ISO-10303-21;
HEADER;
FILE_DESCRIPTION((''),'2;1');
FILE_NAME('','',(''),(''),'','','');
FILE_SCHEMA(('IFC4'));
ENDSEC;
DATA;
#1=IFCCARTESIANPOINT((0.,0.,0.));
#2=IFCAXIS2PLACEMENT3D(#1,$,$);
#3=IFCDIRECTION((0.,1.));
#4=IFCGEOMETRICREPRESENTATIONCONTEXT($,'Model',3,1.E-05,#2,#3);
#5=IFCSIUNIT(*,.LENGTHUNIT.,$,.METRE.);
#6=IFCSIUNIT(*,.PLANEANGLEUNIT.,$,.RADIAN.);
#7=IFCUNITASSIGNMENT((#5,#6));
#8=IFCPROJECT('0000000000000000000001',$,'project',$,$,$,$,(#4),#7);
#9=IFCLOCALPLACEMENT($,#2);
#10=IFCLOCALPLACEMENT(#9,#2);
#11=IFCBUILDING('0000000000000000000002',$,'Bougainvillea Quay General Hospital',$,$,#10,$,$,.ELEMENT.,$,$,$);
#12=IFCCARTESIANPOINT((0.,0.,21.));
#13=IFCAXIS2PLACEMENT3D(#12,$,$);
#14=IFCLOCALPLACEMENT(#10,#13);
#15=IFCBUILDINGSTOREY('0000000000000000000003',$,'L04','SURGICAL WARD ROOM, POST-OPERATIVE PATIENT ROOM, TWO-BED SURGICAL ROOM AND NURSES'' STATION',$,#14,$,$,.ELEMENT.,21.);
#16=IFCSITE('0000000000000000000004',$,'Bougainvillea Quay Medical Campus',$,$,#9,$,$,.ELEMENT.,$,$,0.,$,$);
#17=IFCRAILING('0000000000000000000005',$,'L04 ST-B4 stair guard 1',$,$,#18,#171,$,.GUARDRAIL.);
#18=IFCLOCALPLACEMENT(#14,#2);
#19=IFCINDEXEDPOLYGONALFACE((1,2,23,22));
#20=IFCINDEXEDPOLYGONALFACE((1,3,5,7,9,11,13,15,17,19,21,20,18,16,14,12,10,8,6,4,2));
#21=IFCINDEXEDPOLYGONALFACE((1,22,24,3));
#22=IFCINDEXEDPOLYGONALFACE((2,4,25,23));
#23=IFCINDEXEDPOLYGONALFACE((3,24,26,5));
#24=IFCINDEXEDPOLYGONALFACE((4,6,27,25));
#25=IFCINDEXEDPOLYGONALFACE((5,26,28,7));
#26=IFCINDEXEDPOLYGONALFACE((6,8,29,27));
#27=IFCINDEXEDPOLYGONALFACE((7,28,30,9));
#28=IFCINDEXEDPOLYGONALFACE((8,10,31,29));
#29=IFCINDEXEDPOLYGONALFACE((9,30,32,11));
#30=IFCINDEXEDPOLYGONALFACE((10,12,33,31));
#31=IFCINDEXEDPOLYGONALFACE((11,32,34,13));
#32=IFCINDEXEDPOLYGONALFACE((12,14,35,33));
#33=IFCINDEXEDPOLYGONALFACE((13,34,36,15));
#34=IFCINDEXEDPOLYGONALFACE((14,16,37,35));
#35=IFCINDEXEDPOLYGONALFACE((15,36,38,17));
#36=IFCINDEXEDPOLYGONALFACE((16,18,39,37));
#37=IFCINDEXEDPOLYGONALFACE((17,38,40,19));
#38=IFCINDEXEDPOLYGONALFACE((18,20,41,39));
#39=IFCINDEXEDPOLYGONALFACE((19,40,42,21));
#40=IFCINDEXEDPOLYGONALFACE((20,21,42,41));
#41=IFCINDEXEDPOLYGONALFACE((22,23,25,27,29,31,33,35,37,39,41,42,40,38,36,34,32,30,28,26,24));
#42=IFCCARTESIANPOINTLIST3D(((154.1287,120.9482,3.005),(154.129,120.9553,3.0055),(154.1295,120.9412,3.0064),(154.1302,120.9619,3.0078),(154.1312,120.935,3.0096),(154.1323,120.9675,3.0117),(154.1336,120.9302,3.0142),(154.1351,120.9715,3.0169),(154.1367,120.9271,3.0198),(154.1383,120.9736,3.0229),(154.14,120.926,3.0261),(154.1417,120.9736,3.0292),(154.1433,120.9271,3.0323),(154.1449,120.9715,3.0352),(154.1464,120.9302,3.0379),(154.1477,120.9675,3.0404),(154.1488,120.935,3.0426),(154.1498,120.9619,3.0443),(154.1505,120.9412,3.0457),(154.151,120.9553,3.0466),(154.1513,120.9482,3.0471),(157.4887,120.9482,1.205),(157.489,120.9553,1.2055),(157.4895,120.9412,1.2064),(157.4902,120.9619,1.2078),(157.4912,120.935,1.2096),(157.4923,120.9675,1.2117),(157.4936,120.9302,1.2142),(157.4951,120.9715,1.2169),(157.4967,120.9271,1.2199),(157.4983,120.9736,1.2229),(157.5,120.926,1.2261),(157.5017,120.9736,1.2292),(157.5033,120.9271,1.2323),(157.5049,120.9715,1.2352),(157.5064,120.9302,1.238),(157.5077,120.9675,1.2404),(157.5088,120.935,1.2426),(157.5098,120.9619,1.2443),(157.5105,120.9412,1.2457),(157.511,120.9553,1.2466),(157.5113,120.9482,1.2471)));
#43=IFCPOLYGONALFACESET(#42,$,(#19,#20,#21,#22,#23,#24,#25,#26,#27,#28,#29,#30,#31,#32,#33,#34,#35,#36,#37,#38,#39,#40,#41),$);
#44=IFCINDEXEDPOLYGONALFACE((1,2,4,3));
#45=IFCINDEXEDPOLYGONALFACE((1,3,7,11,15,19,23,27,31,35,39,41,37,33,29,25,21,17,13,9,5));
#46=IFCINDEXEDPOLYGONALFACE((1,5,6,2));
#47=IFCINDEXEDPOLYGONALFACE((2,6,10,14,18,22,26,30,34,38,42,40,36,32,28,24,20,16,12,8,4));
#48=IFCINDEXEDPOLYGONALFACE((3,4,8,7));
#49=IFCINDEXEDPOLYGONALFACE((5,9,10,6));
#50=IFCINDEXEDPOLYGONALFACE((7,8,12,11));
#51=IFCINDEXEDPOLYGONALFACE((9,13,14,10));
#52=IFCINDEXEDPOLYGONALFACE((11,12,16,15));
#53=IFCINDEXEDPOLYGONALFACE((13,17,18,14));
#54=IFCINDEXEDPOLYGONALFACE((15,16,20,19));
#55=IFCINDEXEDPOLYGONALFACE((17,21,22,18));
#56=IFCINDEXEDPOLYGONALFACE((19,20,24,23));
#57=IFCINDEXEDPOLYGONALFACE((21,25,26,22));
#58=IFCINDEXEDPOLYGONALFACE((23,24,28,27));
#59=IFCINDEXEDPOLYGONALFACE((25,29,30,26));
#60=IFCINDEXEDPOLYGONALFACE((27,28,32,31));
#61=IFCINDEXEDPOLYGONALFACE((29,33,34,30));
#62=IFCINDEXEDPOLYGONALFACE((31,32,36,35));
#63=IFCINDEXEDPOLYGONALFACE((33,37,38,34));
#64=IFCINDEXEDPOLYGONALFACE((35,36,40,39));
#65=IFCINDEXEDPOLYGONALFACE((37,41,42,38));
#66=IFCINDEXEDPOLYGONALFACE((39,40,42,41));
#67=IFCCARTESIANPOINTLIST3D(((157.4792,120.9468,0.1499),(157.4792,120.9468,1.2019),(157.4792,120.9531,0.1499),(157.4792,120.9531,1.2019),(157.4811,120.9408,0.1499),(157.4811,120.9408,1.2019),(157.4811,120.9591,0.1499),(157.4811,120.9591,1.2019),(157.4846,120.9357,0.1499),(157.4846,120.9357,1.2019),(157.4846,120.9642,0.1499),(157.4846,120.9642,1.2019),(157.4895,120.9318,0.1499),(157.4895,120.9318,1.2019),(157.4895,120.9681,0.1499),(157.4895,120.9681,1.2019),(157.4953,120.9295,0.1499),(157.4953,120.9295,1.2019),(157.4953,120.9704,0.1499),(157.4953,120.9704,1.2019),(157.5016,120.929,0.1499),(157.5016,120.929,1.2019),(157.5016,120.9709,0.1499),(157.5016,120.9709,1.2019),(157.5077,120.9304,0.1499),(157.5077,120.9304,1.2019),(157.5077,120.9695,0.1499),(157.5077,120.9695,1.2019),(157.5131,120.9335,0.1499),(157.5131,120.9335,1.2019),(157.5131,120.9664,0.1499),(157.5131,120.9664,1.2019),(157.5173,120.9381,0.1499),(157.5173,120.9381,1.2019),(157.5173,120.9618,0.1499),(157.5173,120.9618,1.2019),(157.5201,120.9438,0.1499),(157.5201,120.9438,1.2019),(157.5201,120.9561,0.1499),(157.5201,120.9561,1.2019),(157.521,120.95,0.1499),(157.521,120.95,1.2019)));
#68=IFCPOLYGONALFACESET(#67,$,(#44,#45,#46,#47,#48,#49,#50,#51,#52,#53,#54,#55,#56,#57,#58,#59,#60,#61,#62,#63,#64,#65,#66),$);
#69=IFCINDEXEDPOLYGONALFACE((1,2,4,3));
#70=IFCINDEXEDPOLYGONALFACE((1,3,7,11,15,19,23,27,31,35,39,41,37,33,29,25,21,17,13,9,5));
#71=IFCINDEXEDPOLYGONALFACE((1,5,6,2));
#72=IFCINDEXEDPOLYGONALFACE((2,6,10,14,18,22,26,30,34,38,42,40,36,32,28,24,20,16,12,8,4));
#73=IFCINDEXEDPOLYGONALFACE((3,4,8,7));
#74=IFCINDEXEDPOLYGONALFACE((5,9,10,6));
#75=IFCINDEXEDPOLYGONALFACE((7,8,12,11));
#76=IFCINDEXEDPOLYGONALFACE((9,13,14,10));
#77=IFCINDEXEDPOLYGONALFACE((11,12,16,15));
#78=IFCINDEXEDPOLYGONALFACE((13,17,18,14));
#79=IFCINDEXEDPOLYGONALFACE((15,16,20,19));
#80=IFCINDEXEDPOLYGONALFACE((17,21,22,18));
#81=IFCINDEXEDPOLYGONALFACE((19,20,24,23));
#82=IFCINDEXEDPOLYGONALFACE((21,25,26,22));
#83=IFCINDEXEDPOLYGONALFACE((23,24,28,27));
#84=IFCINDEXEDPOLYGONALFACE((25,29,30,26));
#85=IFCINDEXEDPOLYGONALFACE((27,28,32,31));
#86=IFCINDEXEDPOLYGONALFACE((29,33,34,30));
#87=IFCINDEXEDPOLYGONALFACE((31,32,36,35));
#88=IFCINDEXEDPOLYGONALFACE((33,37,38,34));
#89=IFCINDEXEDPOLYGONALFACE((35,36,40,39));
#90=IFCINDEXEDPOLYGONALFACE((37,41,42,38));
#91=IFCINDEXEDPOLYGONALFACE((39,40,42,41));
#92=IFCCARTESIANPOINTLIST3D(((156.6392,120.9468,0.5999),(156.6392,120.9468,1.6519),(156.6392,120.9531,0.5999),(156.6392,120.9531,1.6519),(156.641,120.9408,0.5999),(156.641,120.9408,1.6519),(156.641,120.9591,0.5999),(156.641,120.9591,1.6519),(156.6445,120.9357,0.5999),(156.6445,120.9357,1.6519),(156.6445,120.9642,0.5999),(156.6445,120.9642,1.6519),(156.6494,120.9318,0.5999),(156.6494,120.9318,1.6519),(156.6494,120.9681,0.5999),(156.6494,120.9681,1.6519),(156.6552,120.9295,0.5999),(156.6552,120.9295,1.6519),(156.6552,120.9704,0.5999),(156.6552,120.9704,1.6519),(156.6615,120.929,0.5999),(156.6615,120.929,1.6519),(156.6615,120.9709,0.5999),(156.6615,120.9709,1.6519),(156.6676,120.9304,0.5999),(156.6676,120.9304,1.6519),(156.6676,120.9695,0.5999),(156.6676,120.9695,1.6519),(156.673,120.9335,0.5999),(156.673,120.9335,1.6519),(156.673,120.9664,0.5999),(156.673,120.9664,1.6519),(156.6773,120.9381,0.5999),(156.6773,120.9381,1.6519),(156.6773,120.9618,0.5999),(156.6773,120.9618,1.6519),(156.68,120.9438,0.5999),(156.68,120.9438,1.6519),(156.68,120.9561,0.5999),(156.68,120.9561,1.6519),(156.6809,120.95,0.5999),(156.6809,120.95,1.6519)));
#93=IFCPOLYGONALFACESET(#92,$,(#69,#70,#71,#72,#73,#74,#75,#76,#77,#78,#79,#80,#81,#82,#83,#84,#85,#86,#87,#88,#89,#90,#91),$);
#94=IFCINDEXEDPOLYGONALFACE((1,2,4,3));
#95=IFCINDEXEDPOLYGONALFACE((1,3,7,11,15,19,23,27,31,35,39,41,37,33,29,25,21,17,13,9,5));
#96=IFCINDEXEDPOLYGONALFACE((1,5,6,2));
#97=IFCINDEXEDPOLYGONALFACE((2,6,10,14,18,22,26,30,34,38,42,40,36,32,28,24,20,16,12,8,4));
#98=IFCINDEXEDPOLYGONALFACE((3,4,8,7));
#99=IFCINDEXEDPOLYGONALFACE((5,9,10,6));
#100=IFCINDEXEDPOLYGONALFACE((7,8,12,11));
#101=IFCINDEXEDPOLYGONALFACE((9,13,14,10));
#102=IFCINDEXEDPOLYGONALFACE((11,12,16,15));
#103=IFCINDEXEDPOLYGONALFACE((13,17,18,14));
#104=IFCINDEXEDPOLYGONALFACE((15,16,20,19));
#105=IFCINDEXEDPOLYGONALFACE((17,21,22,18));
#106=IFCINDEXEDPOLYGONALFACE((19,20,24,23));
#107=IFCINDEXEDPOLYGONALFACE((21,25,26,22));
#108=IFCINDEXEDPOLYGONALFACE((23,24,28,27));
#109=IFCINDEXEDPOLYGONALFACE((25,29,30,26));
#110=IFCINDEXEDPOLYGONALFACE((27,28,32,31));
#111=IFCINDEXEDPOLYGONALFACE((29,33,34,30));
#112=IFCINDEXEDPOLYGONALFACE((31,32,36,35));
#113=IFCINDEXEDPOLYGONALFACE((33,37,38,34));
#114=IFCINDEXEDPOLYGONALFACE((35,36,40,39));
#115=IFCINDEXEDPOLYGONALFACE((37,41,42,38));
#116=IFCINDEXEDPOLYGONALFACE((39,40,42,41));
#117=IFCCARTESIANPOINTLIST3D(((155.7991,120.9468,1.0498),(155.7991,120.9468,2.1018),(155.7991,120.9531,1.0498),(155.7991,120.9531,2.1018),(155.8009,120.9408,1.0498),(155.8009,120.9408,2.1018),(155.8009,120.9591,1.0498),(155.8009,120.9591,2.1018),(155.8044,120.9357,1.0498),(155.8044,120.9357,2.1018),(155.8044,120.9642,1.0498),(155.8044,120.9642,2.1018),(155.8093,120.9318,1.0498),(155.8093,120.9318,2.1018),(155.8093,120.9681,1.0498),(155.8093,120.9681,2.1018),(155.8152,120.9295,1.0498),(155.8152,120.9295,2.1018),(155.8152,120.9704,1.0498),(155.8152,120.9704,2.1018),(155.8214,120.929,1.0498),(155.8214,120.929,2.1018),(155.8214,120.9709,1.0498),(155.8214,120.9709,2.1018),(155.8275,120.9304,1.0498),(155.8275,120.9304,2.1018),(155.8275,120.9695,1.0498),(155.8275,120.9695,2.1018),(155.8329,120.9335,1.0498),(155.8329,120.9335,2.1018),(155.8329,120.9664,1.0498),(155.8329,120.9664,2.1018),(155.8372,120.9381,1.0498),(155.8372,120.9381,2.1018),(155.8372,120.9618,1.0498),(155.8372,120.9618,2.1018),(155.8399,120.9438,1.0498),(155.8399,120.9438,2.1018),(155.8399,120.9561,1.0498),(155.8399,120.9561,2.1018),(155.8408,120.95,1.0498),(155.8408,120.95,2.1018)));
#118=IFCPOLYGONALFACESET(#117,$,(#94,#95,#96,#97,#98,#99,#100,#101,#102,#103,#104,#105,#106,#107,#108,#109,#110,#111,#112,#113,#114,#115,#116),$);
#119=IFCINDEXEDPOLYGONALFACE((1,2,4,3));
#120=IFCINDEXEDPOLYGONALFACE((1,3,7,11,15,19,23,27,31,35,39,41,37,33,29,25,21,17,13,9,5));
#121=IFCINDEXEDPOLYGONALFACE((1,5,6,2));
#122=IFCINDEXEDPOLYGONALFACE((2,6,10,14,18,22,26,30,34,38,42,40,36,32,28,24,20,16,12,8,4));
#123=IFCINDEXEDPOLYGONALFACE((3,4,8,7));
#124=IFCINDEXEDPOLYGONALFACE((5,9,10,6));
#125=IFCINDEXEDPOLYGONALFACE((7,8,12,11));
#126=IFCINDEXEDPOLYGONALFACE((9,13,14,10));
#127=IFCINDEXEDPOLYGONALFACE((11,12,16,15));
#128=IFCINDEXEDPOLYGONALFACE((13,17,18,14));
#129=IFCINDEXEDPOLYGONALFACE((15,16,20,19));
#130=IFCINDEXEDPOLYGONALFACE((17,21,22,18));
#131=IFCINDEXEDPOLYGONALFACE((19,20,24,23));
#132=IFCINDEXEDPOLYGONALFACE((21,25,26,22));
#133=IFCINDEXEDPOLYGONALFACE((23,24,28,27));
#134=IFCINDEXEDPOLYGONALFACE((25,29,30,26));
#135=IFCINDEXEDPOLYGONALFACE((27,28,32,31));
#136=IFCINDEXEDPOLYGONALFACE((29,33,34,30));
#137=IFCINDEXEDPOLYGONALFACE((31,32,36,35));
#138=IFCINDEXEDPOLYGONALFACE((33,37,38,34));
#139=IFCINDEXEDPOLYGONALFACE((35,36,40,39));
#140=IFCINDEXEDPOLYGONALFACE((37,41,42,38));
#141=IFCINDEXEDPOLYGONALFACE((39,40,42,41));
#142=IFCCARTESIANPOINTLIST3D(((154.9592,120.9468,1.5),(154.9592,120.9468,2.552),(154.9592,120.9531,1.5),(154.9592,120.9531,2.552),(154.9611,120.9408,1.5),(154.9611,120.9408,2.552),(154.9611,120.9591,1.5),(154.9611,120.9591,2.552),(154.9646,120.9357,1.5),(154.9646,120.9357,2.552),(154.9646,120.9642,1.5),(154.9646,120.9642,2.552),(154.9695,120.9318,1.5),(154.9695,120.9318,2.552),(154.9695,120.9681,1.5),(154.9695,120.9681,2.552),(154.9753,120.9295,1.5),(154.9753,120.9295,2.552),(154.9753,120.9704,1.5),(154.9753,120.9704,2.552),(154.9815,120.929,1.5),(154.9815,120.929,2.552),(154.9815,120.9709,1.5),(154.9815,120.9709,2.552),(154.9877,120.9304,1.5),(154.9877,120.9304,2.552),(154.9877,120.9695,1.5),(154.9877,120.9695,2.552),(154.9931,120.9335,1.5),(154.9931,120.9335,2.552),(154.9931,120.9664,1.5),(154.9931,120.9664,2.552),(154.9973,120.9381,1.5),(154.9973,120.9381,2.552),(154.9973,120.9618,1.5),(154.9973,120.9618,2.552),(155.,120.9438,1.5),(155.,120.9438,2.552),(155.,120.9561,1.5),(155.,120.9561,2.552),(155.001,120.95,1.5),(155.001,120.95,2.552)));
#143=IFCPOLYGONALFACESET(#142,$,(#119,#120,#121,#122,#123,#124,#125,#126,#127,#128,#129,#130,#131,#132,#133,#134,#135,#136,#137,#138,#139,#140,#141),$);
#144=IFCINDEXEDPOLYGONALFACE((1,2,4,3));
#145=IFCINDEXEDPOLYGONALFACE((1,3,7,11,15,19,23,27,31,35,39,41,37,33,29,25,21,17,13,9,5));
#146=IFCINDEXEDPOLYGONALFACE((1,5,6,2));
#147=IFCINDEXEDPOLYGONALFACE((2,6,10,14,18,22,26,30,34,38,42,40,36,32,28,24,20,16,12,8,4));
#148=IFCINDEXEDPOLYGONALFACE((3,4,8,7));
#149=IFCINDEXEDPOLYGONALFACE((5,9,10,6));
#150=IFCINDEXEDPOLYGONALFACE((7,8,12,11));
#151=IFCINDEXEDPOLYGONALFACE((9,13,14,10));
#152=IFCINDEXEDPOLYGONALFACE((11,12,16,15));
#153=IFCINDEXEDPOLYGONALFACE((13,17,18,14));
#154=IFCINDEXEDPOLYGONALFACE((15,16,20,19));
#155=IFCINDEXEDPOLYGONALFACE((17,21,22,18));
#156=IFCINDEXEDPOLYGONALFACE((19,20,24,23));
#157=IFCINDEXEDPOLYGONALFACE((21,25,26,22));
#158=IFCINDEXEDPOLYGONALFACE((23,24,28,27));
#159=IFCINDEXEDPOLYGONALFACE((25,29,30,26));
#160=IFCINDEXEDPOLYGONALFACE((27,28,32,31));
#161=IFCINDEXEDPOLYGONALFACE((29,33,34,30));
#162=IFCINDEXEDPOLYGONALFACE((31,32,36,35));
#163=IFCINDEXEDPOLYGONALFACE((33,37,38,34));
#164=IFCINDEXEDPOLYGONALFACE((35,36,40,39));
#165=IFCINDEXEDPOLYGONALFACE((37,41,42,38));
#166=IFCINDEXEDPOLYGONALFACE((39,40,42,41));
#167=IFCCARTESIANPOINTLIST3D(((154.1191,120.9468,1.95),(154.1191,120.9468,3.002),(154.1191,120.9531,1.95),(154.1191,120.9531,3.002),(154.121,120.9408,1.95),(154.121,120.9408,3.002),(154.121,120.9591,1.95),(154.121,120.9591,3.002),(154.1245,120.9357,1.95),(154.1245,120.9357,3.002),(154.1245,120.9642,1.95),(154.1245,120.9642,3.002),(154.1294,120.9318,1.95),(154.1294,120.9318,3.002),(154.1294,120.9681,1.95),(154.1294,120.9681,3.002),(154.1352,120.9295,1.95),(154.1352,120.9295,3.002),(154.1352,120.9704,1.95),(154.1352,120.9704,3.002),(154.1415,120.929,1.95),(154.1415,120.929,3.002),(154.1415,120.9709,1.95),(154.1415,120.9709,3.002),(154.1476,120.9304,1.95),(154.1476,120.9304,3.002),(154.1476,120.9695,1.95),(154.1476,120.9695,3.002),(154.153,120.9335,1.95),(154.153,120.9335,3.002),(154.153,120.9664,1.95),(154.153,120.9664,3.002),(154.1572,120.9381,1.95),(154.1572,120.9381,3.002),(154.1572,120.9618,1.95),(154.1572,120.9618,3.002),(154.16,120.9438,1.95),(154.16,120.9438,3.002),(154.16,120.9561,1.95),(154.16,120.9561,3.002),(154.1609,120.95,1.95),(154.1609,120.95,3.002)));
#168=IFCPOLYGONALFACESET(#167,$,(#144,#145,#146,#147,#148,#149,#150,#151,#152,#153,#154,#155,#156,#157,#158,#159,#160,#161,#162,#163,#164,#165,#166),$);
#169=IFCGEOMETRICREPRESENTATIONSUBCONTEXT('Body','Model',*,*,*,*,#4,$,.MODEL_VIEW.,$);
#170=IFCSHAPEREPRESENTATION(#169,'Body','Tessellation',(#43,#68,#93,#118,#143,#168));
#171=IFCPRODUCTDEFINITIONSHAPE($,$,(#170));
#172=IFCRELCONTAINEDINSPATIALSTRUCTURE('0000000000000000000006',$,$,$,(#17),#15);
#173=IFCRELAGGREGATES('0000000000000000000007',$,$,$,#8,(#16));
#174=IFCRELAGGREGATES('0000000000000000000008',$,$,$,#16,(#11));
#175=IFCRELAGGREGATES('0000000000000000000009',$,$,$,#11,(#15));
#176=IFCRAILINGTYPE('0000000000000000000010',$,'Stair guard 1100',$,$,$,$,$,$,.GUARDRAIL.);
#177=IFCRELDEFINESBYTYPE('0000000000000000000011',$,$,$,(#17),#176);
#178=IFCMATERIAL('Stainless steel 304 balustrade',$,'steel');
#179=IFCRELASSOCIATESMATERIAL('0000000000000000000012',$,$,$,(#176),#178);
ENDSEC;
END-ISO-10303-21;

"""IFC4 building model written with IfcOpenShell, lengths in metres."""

from ifc_helpers import new_model, si_unit, direction, frame, origin, origin_2d, place, context, subcontext, project, spatial, circle, extrude, material, type_object, element, save


model = new_model("IFC4")

# Units and contexts
model_context = context("Model", 3, precision=1e-05, world=origin(), true_north=direction((0.0, 1.0)))
body_context = subcontext(model_context, "Body", "Model", "MODEL_VIEW")
ifc_project = project(units=[si_unit("LENGTHUNIT", "METRE"), si_unit("PLANEANGLEUNIT", "RADIAN")], contexts=[model_context])

# Site, building, storey
site_placement = place(None, origin())
site = spatial("IfcSite", under=ifc_project, at=site_placement, Name="Bougainvillea Quay Medical Campus", CompositionType="ELEMENT", RefElevation=0.0)
building_placement = place(site_placement, origin())
building = spatial("IfcBuilding", under=site, at=building_placement, Name="Bougainvillea Quay General Hospital", CompositionType="ELEMENT")
storey_placement = place(building_placement, frame((0.0, 0.0, 21.0)))
storey = spatial("IfcBuildingStorey", under=building, at=storey_placement, Name="L04", Description="SURGICAL WARD ROOM, POST-OPERATIVE PATIENT ROOM, TWO-BED SURGICAL ROOM AND NURSES' STATION", CompositionType="ELEMENT", Elevation=21.0)

# Railing
ifc_material_1 = material(Name="Stainless steel 304 balustrade", Category="steel")
railing_type_1 = type_object("IfcRailingType", Name="Stair guard 1100", PredefinedType="GUARDRAIL", material=ifc_material_1)
railing_1_placement = place(storey_placement, frame((157.5, 120.95, 0.1499)))
element("IfcRailing", 1, at=railing_1_placement, inside=storey, type_object=railing_type_1, Name="L04 ST-B4 stair guard 1", PredefinedType="GUARDRAIL", context=body_context, shape_type="SweptSolid", body=[
    extrude(circle(Radius=0.0239, at=origin_2d()), frame((0.0, 0.0, 1.0762), z_axis=(-0.881481, 0.0, 0.47222), x_axis=(0.0, -1.0, 0.0)), (0.0, 0.0, 1.0), 3.8118),
    extrude(circle(Radius=0.021, at=origin_2d()), origin(), (0.0, 0.0, 1.0), 1.052),
    extrude(circle(Radius=0.021, at=origin_2d()), frame((-0.8401, 0.0, 0.45)), (0.0, 0.0, 1.0), 1.052),
    extrude(circle(Radius=0.021, at=origin_2d()), frame((-1.6802, 0.0, 0.8999)), (0.0, 0.0, 1.0), 1.052),
    extrude(circle(Radius=0.021, at=origin_2d()), frame((-2.52, 0.0, 1.3501)), (0.0, 0.0, 1.0), 1.052),
    extrude(circle(Radius=0.021, at=origin_2d()), frame((-3.3601, 0.0, 1.8)), (0.0, 0.0, 1.0), 1.052),
])

save(model, "model.ifc")
